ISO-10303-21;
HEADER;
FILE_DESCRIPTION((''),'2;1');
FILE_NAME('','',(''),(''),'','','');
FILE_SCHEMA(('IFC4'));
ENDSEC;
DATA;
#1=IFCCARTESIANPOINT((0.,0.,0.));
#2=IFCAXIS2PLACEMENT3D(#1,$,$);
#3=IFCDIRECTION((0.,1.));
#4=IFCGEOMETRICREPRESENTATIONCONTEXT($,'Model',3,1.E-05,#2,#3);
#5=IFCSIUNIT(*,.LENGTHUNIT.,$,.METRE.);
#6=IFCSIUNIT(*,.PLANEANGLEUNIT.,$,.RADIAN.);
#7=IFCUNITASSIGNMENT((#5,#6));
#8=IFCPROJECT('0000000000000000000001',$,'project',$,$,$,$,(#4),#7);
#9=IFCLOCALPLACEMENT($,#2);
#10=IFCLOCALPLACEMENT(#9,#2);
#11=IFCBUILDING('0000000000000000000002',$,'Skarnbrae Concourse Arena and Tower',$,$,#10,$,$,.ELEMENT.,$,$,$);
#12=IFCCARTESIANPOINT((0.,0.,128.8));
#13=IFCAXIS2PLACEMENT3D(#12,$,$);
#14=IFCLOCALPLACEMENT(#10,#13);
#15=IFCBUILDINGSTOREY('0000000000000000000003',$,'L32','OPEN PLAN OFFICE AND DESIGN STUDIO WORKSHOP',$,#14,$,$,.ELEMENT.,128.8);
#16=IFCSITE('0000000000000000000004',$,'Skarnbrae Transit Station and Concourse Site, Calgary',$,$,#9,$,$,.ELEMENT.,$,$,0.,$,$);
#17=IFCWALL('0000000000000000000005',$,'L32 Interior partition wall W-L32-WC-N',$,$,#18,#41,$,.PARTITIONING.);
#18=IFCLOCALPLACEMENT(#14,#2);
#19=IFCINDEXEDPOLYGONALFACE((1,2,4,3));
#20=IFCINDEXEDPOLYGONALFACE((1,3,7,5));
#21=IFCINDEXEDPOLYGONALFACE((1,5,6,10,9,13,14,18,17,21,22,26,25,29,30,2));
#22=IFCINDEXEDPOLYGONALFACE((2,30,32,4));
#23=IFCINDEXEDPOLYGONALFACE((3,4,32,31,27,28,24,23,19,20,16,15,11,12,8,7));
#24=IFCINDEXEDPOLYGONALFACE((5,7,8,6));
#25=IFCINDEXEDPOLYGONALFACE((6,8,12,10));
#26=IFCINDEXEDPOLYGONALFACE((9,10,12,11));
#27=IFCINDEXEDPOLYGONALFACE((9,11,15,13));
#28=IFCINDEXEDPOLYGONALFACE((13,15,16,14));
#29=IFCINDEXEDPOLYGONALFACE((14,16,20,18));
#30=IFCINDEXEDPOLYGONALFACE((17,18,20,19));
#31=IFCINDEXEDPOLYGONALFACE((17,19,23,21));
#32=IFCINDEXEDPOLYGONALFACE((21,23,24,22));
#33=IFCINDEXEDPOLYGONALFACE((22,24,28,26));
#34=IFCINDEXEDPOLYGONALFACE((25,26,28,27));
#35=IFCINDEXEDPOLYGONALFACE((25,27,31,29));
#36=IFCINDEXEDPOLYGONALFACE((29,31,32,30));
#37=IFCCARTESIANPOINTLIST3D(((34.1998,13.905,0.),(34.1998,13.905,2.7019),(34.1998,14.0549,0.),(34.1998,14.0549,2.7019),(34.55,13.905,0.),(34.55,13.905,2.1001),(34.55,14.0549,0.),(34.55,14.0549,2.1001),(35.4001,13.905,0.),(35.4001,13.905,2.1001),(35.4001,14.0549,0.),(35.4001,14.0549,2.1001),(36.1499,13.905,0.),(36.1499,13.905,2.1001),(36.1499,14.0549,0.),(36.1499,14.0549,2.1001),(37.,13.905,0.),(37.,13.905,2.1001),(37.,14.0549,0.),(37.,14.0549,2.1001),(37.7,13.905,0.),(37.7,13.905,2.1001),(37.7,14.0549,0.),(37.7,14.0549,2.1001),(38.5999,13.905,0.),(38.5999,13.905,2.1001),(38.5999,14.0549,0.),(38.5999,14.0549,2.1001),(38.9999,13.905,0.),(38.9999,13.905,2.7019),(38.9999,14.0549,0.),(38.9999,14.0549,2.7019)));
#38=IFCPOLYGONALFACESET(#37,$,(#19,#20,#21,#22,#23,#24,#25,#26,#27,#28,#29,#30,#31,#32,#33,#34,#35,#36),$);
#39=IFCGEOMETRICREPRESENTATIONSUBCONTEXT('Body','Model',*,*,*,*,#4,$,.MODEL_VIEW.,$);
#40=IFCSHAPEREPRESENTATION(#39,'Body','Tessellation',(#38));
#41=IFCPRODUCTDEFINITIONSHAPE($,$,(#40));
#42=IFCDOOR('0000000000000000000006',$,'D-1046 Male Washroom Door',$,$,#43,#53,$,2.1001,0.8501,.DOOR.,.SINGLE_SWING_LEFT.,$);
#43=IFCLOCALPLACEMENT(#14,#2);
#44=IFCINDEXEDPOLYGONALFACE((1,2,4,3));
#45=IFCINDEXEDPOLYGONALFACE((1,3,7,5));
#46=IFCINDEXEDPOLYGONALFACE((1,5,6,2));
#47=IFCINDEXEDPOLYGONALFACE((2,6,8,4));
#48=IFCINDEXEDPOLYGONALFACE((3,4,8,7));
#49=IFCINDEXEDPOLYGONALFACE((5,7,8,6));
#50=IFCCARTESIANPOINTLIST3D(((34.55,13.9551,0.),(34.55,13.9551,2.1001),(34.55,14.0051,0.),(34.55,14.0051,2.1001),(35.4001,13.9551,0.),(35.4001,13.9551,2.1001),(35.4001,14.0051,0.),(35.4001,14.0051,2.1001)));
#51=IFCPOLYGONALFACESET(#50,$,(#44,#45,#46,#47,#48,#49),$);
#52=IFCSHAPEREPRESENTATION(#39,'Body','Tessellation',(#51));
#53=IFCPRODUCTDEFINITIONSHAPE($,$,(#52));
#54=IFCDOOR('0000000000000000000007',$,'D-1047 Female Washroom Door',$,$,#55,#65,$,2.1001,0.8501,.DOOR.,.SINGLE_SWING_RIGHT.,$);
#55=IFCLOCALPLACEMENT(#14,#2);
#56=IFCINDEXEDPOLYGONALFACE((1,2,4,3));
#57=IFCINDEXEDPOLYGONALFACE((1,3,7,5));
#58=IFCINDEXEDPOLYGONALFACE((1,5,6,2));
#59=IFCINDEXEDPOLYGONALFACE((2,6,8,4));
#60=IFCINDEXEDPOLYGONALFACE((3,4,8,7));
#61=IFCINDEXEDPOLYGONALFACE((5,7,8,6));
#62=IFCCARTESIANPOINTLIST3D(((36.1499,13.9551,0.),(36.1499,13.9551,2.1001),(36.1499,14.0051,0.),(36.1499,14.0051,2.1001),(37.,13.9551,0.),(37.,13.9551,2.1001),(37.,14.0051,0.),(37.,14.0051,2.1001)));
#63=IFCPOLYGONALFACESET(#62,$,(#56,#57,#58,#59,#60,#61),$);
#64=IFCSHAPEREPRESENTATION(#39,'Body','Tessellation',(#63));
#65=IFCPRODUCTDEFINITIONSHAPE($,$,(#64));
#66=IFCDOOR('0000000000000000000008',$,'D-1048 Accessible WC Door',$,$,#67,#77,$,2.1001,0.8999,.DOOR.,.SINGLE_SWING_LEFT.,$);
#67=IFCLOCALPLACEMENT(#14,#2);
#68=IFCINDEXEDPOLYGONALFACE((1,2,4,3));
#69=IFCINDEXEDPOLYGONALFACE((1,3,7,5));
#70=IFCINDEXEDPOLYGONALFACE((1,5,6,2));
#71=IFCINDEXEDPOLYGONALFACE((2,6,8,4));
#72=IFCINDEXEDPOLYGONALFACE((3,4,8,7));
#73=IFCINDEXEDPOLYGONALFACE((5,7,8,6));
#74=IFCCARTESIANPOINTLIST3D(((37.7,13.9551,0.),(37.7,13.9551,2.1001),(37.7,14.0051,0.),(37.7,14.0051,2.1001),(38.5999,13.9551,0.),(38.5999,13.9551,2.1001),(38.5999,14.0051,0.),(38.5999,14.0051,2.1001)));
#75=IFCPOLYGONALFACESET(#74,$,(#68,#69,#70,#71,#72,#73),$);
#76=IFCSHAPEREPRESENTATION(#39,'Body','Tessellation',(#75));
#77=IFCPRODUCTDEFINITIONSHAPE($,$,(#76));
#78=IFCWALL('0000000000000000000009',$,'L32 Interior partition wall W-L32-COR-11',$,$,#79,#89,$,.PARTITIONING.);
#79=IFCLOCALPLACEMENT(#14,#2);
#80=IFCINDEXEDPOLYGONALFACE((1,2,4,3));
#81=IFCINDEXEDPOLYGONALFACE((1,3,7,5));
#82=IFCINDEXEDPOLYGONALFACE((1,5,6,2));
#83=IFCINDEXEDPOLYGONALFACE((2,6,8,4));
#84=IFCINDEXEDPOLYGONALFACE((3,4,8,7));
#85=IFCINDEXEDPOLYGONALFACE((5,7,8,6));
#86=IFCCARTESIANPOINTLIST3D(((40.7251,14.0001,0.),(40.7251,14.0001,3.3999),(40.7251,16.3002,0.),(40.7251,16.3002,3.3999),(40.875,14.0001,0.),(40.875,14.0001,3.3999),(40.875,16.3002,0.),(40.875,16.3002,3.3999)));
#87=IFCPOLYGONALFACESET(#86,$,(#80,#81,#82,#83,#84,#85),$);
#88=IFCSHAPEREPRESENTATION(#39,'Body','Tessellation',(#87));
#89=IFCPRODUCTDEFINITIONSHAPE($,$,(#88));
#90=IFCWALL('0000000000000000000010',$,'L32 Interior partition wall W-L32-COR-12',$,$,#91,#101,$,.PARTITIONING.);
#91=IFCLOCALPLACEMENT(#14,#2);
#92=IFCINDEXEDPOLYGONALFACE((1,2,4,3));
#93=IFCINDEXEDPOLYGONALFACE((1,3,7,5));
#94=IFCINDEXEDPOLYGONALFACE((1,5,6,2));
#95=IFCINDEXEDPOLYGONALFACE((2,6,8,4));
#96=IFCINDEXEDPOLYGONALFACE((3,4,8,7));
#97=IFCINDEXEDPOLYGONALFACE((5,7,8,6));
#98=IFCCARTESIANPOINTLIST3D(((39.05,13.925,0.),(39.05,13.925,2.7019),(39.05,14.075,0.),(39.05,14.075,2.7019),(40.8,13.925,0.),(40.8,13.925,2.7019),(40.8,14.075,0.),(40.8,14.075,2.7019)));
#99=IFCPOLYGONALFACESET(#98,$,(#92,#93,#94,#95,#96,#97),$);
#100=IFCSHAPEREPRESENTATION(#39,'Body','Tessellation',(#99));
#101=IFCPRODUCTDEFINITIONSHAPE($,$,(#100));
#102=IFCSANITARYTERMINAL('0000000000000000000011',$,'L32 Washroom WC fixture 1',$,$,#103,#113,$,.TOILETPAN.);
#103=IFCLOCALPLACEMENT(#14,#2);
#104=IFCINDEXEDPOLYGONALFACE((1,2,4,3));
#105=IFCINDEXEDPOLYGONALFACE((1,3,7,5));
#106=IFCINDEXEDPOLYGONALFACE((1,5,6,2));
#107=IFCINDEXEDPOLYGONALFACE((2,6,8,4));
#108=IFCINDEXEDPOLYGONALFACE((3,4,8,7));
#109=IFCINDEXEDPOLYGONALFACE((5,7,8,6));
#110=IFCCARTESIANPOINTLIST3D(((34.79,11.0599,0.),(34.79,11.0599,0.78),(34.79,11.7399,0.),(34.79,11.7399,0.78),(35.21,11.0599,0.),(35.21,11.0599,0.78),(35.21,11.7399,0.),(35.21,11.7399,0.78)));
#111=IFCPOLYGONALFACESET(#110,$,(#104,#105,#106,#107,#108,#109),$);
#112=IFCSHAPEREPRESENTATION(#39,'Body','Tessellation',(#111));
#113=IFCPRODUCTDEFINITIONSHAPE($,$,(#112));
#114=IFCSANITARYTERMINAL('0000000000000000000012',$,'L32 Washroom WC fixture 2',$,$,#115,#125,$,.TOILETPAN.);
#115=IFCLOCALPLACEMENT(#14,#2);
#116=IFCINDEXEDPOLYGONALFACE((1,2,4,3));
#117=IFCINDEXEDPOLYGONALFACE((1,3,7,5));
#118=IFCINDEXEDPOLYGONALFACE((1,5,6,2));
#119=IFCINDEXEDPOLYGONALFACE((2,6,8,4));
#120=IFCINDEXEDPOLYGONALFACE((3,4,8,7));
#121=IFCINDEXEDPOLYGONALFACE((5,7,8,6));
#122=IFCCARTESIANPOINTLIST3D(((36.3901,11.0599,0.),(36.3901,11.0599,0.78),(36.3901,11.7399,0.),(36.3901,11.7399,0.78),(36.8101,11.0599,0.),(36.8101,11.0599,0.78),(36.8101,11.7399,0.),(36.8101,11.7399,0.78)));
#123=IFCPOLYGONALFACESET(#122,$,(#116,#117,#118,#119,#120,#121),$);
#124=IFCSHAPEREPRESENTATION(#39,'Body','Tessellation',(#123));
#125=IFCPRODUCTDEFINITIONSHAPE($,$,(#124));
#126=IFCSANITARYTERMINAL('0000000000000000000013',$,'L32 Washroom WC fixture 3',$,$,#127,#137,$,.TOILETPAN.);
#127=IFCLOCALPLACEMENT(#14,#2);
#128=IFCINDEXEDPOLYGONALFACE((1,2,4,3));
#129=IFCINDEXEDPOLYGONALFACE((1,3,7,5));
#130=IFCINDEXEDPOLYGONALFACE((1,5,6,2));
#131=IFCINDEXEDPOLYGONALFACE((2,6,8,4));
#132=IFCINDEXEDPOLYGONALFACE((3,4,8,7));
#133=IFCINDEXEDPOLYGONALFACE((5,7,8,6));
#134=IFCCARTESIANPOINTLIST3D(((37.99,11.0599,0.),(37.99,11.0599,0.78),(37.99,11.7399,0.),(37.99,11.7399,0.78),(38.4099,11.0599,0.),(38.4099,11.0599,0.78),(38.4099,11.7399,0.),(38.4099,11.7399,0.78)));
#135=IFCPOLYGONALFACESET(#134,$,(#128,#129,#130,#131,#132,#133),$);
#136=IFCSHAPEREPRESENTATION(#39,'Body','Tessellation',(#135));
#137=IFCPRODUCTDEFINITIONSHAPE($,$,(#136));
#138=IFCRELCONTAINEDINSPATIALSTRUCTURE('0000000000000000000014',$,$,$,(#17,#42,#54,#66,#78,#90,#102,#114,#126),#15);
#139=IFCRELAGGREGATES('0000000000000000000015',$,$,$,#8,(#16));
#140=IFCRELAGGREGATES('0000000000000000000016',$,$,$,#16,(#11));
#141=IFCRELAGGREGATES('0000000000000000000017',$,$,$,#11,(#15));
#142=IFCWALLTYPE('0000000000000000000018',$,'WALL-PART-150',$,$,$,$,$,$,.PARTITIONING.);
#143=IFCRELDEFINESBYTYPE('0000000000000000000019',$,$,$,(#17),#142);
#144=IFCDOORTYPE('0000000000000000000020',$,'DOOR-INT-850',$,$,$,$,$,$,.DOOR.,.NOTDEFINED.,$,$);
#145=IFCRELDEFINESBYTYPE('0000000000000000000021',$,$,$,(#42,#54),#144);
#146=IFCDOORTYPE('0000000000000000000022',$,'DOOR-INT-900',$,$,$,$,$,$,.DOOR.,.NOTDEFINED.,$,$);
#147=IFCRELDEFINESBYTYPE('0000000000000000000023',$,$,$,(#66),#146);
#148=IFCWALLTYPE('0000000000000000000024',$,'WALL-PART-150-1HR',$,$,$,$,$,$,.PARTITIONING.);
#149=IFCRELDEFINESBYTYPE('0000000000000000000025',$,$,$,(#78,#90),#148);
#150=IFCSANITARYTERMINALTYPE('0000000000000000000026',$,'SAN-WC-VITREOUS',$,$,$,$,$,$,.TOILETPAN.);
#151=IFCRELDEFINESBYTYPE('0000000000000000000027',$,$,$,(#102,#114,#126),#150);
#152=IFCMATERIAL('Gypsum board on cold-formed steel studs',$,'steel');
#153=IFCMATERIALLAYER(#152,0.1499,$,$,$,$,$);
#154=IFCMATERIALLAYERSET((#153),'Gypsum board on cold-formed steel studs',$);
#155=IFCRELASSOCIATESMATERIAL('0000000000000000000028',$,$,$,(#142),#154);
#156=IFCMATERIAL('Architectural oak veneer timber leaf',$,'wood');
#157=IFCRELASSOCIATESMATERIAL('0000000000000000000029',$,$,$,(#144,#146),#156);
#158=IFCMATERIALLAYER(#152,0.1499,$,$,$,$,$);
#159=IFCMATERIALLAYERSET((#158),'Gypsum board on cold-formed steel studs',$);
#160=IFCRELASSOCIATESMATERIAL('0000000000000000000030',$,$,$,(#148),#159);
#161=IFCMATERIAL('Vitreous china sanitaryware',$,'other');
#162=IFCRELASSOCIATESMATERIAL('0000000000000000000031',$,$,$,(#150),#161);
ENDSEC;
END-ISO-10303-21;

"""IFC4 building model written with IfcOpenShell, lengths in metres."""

from ifc_helpers import new_model, si_unit, direction, frame, frame_2d, origin, origin_2d, place, context, subcontext, project, spatial, rectangle, extrude, source, transform, mapped, material, layer, layer_set, type_object, element, fill, save


model = new_model("IFC4")

# Units and contexts
model_context = context("Model", 3, precision=1e-05, world=origin(), true_north=direction((0.0, 1.0)))
body_context = subcontext(model_context, "Body", "Model", "MODEL_VIEW")
ifc_project = project(units=[si_unit("LENGTHUNIT", "METRE"), si_unit("PLANEANGLEUNIT", "RADIAN")], contexts=[model_context])

# Site, building, storey
site_placement = place(None, origin())
site = spatial("IfcSite", under=ifc_project, at=site_placement, Name="Skarnbrae Transit Station and Concourse Site, Calgary", CompositionType="ELEMENT", RefElevation=0.0)
building_placement = place(site_placement, origin())
building = spatial("IfcBuilding", under=site, at=building_placement, Name="Skarnbrae Concourse Arena and Tower", CompositionType="ELEMENT")
storey_placement = place(building_placement, frame((0.0, 0.0, 128.8)))
storey = spatial("IfcBuildingStorey", under=building, at=storey_placement, Name="L32", Description="OPEN PLAN OFFICE AND DESIGN STUDIO WORKSHOP", CompositionType="ELEMENT", Elevation=128.8)

# Wall, openings, doors
ifc_material_1 = material(Name="Gypsum board on cold-formed steel studs", Category="steel")
ifc_layer_1 = layer(ifc_material_1, 0.1499)
ifc_layer_set_1 = layer_set([ifc_layer_1], Name="Gypsum board on cold-formed steel studs")
wall_type_1 = type_object("IfcWallType", Name="WALL-PART-150", PredefinedType="PARTITIONING", material=ifc_layer_set_1)
shared_shape_1 = source(origin(), body_context, "Body", "SweptSolid", [
    extrude(rectangle(XDim=4.8, YDim=0.1499, at=frame_2d((2.3999, 0.0))), origin(), (0.0, 0.0, 1.0), 2.7019),
])
wall_1_placement = place(storey_placement, frame((34.2, 13.98, 0.0), z_axis=(0.0, 0.0, 1.0), x_axis=(1.0, 0.0, 0.0)))
wall_1 = element("IfcWall", 1, at=wall_1_placement, inside=storey, type_object=wall_type_1, Name="L32 Interior partition wall W-L32-WC-N", PredefinedType="PARTITIONING", context=body_context, shape_type="MappedRepresentation", body=[
    mapped(shared_shape_1, transform((0.0, 0.0, 0.0))),
])
opening_1_placement = place(wall_1_placement, frame((0.3501, 0.0, 0.0)))
opening_1 = element("IfcOpeningElement", 2, at=opening_1_placement, cuts=wall_1, PredefinedType="OPENING", context=body_context, shape_type="SweptSolid", body=[
    extrude(rectangle(XDim=0.8501, YDim=2.1001, at=frame_2d((0.425, 1.05))), frame((0.0, 0.085, 0.0), z_axis=(0.0, -1.0, 0.0), x_axis=(1.0, 0.0, 0.0)), (0.0, 0.0, 1.0), 0.1699),
])
opening_2_placement = place(wall_1_placement, frame((1.95, 0.0, 0.0)))
opening_2 = element("IfcOpeningElement", 3, at=opening_2_placement, cuts=wall_1, PredefinedType="OPENING", context=body_context, shape_type="SweptSolid", body=[
    extrude(rectangle(XDim=0.8501, YDim=2.1001, at=frame_2d((0.425, 1.05))), frame((0.0, 0.085, 0.0), z_axis=(0.0, -1.0, 0.0), x_axis=(1.0, 0.0, 0.0)), (0.0, 0.0, 1.0), 0.1699),
])
opening_3_placement = place(wall_1_placement, frame((3.5, 0.0, 0.0)))
opening_3 = element("IfcOpeningElement", 4, at=opening_3_placement, cuts=wall_1, PredefinedType="OPENING", context=body_context, shape_type="SweptSolid", body=[
    extrude(rectangle(XDim=0.8999, YDim=2.1001, at=frame_2d((0.45, 1.05))), frame((0.0, 0.085, 0.0), z_axis=(0.0, -1.0, 0.0), x_axis=(1.0, 0.0, 0.0)), (0.0, 0.0, 1.0), 0.1699),
])
ifc_material_2 = material(Name="Architectural oak veneer timber leaf", Category="wood")
door_type_1 = type_object("IfcDoorType", Name="DOOR-INT-850", OperationType="NOTDEFINED", PredefinedType="DOOR", material=ifc_material_2)
shared_shape_2 = source(origin(), body_context, "Body", "SweptSolid", [
    extrude(rectangle(XDim=0.8501, YDim=2.1001, at=frame_2d((0.425, 1.05))), frame((0.0, 0.0249, 0.0), z_axis=(0.0, -1.0, 0.0), x_axis=(1.0, 0.0, 0.0)), (0.0, 0.0, 1.0), 0.05),
])
door_1_placement = place(opening_1_placement, frame((0.8501, 0.0, 0.0), z_axis=(0.0, 0.0, 1.0), x_axis=(-1.0, 0.0, 0.0)))
door_1 = element("IfcDoor", 5, at=door_1_placement, inside=storey, type_object=door_type_1, Name="D-1046 Male Washroom Door", OperationType="SINGLE_SWING_LEFT", OverallHeight=2.1001, OverallWidth=0.8501, PredefinedType="DOOR", context=body_context, shape_type="MappedRepresentation", body=[
    mapped(shared_shape_2, transform((0.0, 0.0, 0.0))),
])
fill(opening_1, door_1)
door_2_placement = place(opening_2_placement, frame((0.8501, 0.0, 0.0), z_axis=(0.0, 0.0, 1.0), x_axis=(-1.0, 0.0, 0.0)))
door_2 = element("IfcDoor", 6, at=door_2_placement, inside=storey, type_object=door_type_1, Name="D-1047 Female Washroom Door", OperationType="SINGLE_SWING_RIGHT", OverallHeight=2.1001, OverallWidth=0.8501, PredefinedType="DOOR", context=body_context, shape_type="MappedRepresentation", body=[
    mapped(shared_shape_2, transform((0.0, 0.0, 0.0))),
])
fill(opening_2, door_2)
door_type_2 = type_object("IfcDoorType", Name="DOOR-INT-900", OperationType="NOTDEFINED", PredefinedType="DOOR", material=ifc_material_2)
shared_shape_3 = source(origin(), body_context, "Body", "SweptSolid", [
    extrude(rectangle(XDim=0.8999, YDim=2.1001, at=frame_2d((0.45, 1.05))), frame((0.0, 0.0249, 0.0), z_axis=(0.0, -1.0, 0.0), x_axis=(1.0, 0.0, 0.0)), (0.0, 0.0, 1.0), 0.05),
])
door_3_placement = place(opening_3_placement, frame((0.8999, 0.0, 0.0), z_axis=(0.0, 0.0, 1.0), x_axis=(-1.0, 0.0, 0.0)))
door_3 = element("IfcDoor", 7, at=door_3_placement, inside=storey, type_object=door_type_2, Name="D-1048 Accessible WC Door", OperationType="SINGLE_SWING_LEFT", OverallHeight=2.1001, OverallWidth=0.8999, PredefinedType="DOOR", context=body_context, shape_type="MappedRepresentation", body=[
    mapped(shared_shape_3, transform((0.0, 0.0, 0.0))),
])
fill(opening_3, door_3)

# Walls
ifc_layer_2 = layer(ifc_material_1, 0.1499)
ifc_layer_set_2 = layer_set([ifc_layer_2], Name="Gypsum board on cold-formed steel studs")
wall_type_2 = type_object("IfcWallType", Name="WALL-PART-150-1HR", PredefinedType="PARTITIONING", material=ifc_layer_set_2)
shared_shape_4 = source(origin(), body_context, "Body", "SweptSolid", [
    extrude(rectangle(XDim=2.3, YDim=0.1499, at=frame_2d((1.1499, 0.0))), origin(), (0.0, 0.0, 1.0), 3.3999),
])
wall_2_placement = place(storey_placement, frame((40.8, 16.3, 0.0), z_axis=(0.0, 0.0, 1.0), x_axis=(0.0, -1.0, 0.0)))
element("IfcWall", 8, at=wall_2_placement, inside=storey, type_object=wall_type_2, Name="L32 Interior partition wall W-L32-COR-11", PredefinedType="PARTITIONING", context=body_context, shape_type="MappedRepresentation", body=[
    mapped(shared_shape_4, transform((0.0, 0.0, 0.0))),
])
shared_shape_5 = source(origin(), body_context, "Body", "SweptSolid", [
    extrude(rectangle(XDim=1.75, YDim=0.1499, at=frame_2d((0.875, 0.0))), origin(), (0.0, 0.0, 1.0), 2.7019),
])
wall_3_placement = place(storey_placement, frame((40.8, 14.0, 0.0), z_axis=(0.0, 0.0, 1.0), x_axis=(-1.0, 0.0, 0.0)))
element("IfcWall", 9, at=wall_3_placement, inside=storey, type_object=wall_type_2, Name="L32 Interior partition wall W-L32-COR-12", PredefinedType="PARTITIONING", context=body_context, shape_type="MappedRepresentation", body=[
    mapped(shared_shape_5, transform((0.0, 0.0, 0.0))),
])

# Sanitary terminals
ifc_material_3 = material(Name="Vitreous china sanitaryware", Category="other")
sanitary_terminal_type = type_object("IfcSanitaryTerminalType", Name="SAN-WC-VITREOUS", PredefinedType="TOILETPAN", material=ifc_material_3)
shared_shape_6 = source(origin(), body_context, "Body", "SweptSolid", [
    extrude(rectangle(XDim=0.4199, YDim=0.6799, at=origin_2d()), origin(), (0.0, 0.0, 1.0), 0.78),
])
for number, where, z_axis, x_axis, name in (
    (10, (35.0, 11.3999, 0.0), (0.0, 0.0, 1.0), (1.0, 0.0, 0.0), "L32 Washroom WC fixture 1"),
    (11, (36.6001, 11.3999, 0.0), (0.0, 0.0, 1.0), (1.0, 0.0, 0.0), "L32 Washroom WC fixture 2"),
    (12, (38.2, 11.3999, 0.0), (0.0, 0.0, 1.0), (1.0, 0.0, 0.0), "L32 Washroom WC fixture 3"),
):
    element("IfcSanitaryTerminal", number, at=place(storey_placement, frame(where, z_axis=z_axis, x_axis=x_axis)), inside=storey, type_object=sanitary_terminal_type, Name=name, PredefinedType="TOILETPAN", context=body_context, shape_type="MappedRepresentation", body=[
        mapped(shared_shape_6, transform((0.0, 0.0, 0.0))),
    ])

save(model, "model.ifc")
